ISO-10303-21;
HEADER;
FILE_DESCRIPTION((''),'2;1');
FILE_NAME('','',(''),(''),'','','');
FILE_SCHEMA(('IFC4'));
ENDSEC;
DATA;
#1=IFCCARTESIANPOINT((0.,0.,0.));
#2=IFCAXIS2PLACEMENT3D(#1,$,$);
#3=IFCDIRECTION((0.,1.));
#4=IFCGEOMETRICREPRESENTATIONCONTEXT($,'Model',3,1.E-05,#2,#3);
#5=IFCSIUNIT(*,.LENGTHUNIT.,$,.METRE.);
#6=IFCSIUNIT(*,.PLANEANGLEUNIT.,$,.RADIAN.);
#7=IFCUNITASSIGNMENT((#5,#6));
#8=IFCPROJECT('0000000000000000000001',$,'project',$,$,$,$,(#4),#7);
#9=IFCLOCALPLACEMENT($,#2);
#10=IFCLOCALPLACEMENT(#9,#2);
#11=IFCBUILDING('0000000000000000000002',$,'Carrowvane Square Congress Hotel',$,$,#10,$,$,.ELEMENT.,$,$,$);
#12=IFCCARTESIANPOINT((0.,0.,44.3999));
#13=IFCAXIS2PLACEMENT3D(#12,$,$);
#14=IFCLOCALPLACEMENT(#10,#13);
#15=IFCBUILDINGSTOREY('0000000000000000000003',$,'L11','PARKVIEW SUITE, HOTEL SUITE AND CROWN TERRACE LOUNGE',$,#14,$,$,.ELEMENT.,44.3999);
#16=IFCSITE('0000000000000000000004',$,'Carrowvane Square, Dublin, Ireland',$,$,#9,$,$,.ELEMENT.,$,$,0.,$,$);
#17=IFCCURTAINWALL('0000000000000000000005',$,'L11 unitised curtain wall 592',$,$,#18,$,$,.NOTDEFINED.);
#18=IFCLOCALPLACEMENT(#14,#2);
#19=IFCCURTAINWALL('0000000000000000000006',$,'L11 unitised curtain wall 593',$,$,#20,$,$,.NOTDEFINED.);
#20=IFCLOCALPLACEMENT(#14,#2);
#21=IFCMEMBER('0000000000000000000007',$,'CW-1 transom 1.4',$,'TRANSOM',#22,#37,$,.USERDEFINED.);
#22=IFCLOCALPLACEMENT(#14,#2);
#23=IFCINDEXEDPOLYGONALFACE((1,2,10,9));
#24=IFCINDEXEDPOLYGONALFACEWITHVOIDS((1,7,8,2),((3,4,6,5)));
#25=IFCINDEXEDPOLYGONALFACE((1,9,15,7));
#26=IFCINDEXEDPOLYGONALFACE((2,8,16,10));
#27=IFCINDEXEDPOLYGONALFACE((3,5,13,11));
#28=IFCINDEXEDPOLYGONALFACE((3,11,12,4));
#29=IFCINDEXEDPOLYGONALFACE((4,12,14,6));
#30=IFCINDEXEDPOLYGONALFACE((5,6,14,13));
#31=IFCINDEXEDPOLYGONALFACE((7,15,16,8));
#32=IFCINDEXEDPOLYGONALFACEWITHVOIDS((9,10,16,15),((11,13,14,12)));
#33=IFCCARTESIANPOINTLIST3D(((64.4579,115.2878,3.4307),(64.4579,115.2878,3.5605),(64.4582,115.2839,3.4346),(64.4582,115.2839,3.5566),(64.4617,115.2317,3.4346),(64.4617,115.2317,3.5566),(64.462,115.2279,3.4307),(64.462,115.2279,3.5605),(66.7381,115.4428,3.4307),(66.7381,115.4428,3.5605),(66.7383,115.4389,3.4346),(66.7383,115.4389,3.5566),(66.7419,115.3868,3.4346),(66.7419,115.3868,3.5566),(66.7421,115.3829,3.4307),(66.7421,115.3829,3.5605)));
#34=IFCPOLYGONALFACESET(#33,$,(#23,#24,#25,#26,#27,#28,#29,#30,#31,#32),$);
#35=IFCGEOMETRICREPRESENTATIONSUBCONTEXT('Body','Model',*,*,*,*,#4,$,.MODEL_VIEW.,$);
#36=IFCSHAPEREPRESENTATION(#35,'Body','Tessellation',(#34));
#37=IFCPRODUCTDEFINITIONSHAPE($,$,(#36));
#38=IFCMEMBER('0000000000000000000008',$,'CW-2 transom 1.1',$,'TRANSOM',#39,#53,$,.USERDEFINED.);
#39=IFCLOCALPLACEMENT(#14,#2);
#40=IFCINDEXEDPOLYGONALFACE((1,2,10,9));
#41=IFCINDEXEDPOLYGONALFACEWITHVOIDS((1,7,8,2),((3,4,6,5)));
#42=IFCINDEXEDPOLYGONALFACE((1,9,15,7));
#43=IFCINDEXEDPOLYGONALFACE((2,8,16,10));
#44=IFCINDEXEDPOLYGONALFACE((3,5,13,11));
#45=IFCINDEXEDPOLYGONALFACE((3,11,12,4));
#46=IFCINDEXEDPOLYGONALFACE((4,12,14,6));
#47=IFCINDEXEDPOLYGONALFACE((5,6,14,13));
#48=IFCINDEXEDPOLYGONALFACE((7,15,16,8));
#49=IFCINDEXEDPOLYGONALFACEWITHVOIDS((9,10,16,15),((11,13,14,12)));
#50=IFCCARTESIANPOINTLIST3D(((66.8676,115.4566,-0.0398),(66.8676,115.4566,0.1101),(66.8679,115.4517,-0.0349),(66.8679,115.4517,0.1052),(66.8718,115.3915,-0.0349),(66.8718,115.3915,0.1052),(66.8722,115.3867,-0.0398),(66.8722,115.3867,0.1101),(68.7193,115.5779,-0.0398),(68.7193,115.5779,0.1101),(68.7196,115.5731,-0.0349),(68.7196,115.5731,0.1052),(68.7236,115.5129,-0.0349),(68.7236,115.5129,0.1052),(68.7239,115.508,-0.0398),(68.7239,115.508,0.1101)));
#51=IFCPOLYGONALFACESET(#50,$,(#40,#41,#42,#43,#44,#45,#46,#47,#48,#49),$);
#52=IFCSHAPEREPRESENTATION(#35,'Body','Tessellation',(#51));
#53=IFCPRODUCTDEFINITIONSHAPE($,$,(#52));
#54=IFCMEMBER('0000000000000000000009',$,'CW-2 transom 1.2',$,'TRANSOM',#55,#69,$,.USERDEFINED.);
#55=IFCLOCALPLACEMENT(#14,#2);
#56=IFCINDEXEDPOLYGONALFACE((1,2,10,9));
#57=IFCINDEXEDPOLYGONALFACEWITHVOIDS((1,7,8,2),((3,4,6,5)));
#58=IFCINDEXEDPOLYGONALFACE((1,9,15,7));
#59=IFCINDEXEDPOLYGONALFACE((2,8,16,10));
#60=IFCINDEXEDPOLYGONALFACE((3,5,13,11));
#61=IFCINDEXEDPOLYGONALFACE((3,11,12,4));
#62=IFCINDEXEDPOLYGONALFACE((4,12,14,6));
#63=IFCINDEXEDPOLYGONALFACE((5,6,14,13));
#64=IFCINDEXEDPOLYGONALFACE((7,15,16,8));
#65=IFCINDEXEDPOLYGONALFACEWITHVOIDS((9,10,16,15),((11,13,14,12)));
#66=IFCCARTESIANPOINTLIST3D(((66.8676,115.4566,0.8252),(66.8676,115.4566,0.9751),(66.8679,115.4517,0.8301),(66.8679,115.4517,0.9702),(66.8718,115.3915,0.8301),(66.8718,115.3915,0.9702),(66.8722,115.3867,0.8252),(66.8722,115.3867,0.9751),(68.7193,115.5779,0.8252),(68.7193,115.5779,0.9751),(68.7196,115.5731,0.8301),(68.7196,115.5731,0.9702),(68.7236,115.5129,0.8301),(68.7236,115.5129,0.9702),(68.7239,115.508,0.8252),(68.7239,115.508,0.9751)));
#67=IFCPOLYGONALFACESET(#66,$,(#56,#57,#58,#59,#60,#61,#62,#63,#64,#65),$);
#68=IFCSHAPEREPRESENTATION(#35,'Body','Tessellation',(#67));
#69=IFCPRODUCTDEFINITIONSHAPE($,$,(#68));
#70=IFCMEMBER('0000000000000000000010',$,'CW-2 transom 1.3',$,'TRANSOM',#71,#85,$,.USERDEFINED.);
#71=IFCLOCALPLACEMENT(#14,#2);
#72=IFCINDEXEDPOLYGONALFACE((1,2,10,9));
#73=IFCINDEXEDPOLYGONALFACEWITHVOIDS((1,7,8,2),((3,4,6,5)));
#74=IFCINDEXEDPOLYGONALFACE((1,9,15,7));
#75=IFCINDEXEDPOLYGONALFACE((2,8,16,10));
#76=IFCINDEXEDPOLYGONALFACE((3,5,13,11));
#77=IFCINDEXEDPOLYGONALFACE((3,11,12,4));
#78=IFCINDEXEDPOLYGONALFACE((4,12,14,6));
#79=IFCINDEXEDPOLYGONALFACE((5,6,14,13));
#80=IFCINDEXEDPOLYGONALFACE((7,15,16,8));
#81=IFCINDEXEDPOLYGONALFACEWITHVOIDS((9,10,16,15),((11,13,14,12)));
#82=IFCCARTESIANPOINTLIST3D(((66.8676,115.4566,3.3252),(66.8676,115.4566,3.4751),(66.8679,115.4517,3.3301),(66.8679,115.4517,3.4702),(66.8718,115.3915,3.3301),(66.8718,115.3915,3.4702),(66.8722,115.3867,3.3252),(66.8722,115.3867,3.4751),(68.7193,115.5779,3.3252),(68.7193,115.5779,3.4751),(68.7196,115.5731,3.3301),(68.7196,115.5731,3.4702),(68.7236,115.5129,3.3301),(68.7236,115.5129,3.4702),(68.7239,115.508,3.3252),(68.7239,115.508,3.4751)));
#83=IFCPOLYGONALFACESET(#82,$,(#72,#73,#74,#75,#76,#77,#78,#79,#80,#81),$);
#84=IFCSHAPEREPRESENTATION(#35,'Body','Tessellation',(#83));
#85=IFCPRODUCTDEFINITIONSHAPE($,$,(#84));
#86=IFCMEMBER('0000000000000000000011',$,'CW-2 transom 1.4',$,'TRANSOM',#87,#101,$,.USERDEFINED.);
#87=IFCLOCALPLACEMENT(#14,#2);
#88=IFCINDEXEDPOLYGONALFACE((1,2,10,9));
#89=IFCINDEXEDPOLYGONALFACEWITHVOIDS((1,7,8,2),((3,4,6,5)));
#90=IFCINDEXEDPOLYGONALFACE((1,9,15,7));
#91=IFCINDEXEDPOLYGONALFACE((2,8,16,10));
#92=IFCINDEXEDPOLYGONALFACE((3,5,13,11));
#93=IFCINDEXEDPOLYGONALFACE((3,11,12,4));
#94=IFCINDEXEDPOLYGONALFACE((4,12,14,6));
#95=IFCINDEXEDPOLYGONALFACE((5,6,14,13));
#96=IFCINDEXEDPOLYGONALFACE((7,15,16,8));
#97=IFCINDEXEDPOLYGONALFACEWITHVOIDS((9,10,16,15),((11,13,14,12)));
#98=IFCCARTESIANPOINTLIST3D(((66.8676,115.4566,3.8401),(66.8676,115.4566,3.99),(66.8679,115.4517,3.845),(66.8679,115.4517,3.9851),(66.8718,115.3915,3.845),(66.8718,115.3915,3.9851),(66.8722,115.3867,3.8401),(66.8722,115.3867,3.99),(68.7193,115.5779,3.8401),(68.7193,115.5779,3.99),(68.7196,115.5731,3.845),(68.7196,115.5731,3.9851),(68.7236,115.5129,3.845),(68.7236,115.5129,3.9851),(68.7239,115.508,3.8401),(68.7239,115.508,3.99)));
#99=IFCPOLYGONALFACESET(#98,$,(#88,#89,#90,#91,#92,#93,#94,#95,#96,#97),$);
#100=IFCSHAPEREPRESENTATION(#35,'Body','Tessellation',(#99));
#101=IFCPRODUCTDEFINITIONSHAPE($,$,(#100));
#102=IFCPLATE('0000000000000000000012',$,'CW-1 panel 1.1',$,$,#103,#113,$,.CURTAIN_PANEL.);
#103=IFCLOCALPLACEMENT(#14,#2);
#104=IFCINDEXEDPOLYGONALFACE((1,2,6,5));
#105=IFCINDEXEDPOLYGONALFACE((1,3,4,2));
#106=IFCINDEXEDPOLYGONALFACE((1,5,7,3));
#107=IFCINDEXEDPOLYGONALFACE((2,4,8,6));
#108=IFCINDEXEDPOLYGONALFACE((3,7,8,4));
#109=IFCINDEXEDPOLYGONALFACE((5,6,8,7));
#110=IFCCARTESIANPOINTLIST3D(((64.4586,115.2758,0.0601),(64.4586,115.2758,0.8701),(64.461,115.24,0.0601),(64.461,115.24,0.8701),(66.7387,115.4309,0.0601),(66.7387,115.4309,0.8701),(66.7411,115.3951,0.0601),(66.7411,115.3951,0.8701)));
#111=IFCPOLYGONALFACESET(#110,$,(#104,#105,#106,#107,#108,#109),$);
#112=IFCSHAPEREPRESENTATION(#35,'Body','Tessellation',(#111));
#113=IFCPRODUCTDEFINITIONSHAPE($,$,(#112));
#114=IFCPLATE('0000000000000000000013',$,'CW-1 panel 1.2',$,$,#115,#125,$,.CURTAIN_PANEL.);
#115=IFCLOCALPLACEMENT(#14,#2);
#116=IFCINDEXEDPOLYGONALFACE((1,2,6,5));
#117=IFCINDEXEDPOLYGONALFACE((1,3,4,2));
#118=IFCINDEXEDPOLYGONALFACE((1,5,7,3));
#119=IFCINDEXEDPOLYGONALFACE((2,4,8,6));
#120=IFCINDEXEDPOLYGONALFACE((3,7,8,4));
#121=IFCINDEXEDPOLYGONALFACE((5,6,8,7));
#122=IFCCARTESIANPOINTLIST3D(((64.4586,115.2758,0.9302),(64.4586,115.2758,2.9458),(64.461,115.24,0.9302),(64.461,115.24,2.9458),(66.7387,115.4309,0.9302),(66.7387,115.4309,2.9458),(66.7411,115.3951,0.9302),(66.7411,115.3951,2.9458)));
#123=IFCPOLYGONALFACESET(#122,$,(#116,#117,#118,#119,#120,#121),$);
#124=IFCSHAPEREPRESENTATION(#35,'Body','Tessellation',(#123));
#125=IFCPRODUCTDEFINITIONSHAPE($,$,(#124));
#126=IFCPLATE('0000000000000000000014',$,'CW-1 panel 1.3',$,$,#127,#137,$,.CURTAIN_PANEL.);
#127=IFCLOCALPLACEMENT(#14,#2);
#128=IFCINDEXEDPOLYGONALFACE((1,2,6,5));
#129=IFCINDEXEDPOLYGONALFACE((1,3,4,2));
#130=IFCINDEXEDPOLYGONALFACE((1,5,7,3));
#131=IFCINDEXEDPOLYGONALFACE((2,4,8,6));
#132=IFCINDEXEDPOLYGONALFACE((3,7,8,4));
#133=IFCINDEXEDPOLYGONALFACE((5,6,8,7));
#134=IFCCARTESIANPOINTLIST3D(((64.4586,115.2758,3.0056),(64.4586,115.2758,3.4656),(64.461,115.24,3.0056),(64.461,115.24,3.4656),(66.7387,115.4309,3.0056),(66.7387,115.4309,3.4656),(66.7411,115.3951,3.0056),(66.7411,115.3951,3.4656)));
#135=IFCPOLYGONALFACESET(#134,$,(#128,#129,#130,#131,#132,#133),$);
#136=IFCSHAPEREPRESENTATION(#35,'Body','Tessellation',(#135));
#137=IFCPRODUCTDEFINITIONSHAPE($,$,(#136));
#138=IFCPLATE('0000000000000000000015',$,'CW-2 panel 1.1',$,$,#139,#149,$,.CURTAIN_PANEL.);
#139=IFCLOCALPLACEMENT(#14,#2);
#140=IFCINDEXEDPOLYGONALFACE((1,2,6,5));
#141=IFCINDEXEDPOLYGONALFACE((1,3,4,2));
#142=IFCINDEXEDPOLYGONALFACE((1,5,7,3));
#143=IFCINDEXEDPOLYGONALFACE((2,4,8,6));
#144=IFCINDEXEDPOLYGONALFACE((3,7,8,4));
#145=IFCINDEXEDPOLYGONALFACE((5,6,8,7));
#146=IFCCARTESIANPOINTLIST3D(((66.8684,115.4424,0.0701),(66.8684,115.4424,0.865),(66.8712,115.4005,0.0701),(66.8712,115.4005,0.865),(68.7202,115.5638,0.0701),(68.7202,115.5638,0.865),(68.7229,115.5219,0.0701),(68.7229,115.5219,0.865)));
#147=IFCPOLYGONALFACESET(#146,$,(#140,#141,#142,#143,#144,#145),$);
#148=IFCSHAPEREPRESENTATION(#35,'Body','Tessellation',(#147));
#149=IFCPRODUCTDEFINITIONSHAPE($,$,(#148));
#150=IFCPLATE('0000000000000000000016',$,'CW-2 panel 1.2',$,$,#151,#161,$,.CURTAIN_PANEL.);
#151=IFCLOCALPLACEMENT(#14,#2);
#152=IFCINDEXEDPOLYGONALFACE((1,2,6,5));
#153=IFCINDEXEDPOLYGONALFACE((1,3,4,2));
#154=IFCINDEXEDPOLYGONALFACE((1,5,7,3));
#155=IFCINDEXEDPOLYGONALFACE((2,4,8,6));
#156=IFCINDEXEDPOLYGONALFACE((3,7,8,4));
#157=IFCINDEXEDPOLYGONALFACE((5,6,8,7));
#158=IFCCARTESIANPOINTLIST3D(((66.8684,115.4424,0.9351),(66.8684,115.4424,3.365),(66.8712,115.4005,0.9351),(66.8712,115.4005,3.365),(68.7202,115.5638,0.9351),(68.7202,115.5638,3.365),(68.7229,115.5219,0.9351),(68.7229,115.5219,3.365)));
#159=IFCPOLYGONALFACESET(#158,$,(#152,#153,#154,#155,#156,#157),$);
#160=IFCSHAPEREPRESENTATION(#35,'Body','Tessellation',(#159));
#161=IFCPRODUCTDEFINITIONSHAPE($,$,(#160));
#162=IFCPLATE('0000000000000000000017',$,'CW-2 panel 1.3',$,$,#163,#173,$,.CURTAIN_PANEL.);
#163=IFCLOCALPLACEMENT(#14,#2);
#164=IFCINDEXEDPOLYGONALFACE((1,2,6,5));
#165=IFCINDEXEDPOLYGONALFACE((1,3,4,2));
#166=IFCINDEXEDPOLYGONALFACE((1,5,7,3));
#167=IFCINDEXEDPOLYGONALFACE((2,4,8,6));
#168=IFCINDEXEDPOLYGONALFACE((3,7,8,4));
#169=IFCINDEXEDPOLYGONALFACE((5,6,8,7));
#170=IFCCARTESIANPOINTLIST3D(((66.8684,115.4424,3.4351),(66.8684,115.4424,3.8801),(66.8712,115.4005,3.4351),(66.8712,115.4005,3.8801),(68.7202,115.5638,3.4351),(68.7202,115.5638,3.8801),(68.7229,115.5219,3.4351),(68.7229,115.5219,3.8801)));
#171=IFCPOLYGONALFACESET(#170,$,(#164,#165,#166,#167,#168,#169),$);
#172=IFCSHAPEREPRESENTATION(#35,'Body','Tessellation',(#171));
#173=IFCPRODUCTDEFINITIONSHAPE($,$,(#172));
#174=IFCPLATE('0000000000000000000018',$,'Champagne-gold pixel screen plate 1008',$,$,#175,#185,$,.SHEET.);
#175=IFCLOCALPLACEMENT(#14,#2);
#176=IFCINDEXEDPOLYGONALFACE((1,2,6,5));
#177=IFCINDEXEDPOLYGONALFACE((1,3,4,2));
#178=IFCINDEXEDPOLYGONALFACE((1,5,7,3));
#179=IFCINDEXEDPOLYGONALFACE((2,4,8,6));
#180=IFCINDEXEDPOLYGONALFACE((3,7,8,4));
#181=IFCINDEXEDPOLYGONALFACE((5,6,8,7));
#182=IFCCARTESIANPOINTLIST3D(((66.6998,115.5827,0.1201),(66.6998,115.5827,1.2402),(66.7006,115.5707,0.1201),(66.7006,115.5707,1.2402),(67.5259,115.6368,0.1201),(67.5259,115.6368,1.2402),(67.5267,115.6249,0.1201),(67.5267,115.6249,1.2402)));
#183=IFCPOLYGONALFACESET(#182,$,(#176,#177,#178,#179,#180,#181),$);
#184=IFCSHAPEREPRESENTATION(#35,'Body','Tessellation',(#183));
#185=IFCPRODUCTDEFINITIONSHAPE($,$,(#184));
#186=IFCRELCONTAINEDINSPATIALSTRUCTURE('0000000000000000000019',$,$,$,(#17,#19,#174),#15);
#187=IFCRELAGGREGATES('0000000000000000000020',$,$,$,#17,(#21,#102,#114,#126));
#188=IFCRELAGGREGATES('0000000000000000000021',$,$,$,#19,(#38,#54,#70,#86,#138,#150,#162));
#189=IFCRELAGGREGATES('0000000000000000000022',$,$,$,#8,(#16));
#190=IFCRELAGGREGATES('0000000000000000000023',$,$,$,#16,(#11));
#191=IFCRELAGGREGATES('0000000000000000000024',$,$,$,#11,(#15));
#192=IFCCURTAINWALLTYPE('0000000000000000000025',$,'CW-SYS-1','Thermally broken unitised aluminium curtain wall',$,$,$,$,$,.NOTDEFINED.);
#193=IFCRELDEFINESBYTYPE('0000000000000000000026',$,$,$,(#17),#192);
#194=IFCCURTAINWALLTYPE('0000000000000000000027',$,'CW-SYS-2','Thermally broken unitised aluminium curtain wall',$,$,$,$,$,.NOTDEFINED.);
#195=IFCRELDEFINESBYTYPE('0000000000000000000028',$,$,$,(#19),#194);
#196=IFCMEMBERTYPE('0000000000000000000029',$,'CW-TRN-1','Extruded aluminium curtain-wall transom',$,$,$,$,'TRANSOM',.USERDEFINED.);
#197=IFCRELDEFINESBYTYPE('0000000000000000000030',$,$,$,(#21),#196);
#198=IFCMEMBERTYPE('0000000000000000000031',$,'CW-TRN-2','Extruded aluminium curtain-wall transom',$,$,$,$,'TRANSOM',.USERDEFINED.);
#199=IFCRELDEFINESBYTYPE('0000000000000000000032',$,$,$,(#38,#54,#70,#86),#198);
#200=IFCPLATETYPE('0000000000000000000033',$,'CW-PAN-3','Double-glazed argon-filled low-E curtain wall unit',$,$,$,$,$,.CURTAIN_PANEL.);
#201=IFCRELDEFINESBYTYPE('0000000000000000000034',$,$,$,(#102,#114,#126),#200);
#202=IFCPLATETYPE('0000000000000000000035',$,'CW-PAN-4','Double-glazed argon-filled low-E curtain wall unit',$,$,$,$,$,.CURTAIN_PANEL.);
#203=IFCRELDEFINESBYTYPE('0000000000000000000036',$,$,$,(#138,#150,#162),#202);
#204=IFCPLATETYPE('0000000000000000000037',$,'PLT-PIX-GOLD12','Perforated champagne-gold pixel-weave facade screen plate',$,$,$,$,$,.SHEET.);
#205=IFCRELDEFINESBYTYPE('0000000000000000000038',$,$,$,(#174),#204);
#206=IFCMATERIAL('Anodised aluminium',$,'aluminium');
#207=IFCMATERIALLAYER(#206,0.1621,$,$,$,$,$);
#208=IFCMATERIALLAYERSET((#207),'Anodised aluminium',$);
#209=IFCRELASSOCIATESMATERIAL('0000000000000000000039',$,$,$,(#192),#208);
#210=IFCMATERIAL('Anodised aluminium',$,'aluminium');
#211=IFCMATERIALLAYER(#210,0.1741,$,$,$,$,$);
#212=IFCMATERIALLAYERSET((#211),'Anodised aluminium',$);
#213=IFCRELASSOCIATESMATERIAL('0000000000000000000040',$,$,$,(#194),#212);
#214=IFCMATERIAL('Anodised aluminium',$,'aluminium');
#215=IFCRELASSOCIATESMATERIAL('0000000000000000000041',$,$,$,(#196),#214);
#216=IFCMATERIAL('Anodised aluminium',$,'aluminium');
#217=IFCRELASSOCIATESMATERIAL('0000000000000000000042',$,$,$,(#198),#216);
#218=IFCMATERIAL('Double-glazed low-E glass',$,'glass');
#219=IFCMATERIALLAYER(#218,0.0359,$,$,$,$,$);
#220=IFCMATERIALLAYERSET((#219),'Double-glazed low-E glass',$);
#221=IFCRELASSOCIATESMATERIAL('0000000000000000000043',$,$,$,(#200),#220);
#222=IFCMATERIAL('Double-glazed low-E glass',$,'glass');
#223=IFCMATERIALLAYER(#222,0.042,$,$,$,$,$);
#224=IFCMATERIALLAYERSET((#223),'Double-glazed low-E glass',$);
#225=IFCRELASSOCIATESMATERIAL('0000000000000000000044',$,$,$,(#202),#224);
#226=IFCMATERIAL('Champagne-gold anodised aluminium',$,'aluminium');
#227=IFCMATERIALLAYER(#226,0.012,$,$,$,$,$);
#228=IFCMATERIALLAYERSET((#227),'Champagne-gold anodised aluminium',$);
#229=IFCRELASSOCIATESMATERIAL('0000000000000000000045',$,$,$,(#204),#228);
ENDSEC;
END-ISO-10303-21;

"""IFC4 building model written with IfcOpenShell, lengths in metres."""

from ifc_helpers import new_model, si_unit, direction, frame, origin, origin_2d, place, context, subcontext, project, spatial, rectangle, hollow_rectangle, extrude, material, layer, layer_set, material_profile, profile_set, type_object, element, aggregate, save


model = new_model("IFC4")

# Units and contexts
model_context = context("Model", 3, precision=1e-05, world=origin(), true_north=direction((0.0, 1.0)))
body_context = subcontext(model_context, "Body", "Model", "MODEL_VIEW")
ifc_project = project(units=[si_unit("LENGTHUNIT", "METRE"), si_unit("PLANEANGLEUNIT", "RADIAN")], contexts=[model_context])

# Site, building, storey
site_placement = place(None, origin())
site = spatial("IfcSite", under=ifc_project, at=site_placement, Name="Carrowvane Square, Dublin, Ireland", CompositionType="ELEMENT", RefElevation=0.0)
building_placement = place(site_placement, origin())
building = spatial("IfcBuilding", under=site, at=building_placement, Name="Carrowvane Square Congress Hotel", CompositionType="ELEMENT")
storey_placement = place(building_placement, frame((0.0, 0.0, 44.3999)))
storey = spatial("IfcBuildingStorey", under=building, at=storey_placement, Name="L11", Description="PARKVIEW SUITE, HOTEL SUITE AND CROWN TERRACE LOUNGE", CompositionType="ELEMENT", Elevation=44.3999)

# Curtain wall
ifc_material_1 = material(Name="Anodised aluminium", Category="aluminium")
ifc_layer_1 = layer(ifc_material_1, 0.1621)
ifc_layer_set_1 = layer_set([ifc_layer_1], Name="Anodised aluminium")
curtain_wall_type_1 = type_object("IfcCurtainWallType", Name="CW-SYS-1", Description="Thermally broken unitised aluminium curtain wall", PredefinedType="NOTDEFINED", material=ifc_layer_set_1)
curtain_wall_1_placement = place(storey_placement, origin())
curtain_wall_1 = element("IfcCurtainWall", 1, at=curtain_wall_1_placement, inside=storey, type_object=curtain_wall_type_1, Name="L11 unitised curtain wall 592", PredefinedType="NOTDEFINED")

# Curtain wall
ifc_material_2 = material(Name="Anodised aluminium", Category="aluminium")
ifc_layer_2 = layer(ifc_material_2, 0.1741)
ifc_layer_set_2 = layer_set([ifc_layer_2], Name="Anodised aluminium")
curtain_wall_type_2 = type_object("IfcCurtainWallType", Name="CW-SYS-2", Description="Thermally broken unitised aluminium curtain wall", PredefinedType="NOTDEFINED", material=ifc_layer_set_2)
curtain_wall_2_placement = place(storey_placement, origin())
curtain_wall_2 = element("IfcCurtainWall", 2, at=curtain_wall_2_placement, inside=storey, type_object=curtain_wall_type_2, Name="L11 unitised curtain wall 593", PredefinedType="NOTDEFINED")

# Members
ifc_material_3 = material(Name="Anodised aluminium", Category="aluminium")
ifc_material_profile_1 = material_profile(ifc_material_3, hollow_rectangle(XDim=0.0601, YDim=0.1299, WallThickness=0.0039, at=origin_2d()), Name="CW-TR 60x130x4")
ifc_profile_set_1 = profile_set([ifc_material_profile_1], Name="Anodised aluminium")
member_type_1 = type_object("IfcMemberType", Name="CW-TRN-1", Description="Extruded aluminium curtain-wall transom", ElementType="TRANSOM", PredefinedType="USERDEFINED", material=ifc_profile_set_1)
member_1_placement = place(storey_placement, frame((64.46, 115.2578, 3.4956), z_axis=(0.997696, 0.067838, 0.0), x_axis=(-0.067838, 0.997696, 0.0)))
member_1 = element("IfcMember", 3, at=member_1_placement, type_object=member_type_1, Name="CW-1 transom 1.4", ObjectType="TRANSOM", PredefinedType="USERDEFINED", context=body_context, shape_type="SweptSolid", body=[
    extrude(hollow_rectangle(XDim=0.0601, YDim=0.1299, WallThickness=0.0039, at=origin_2d()), origin(), (0.0, 0.0, 1.0), 2.2854),
])
ifc_material_4 = material(Name="Anodised aluminium", Category="aluminium")
ifc_material_profile_2 = material_profile(ifc_material_4, hollow_rectangle(XDim=0.0701, YDim=0.1499, WallThickness=0.0049, at=origin_2d()), Name="CW-TR 70x150x5")
ifc_profile_set_2 = profile_set([ifc_material_profile_2], Name="Anodised aluminium")
member_type_2 = type_object("IfcMemberType", Name="CW-TRN-2", Description="Extruded aluminium curtain-wall transom", ElementType="TRANSOM", PredefinedType="USERDEFINED", material=ifc_profile_set_2)
member_2_placement = place(storey_placement, frame((66.8699, 115.4216, 0.0352), z_axis=(0.99786, 0.065384, 0.0), x_axis=(-0.065384, 0.99786, 0.0)))
member_2 = element("IfcMember", 4, at=member_2_placement, type_object=member_type_2, Name="CW-2 transom 1.1", ObjectType="TRANSOM", PredefinedType="USERDEFINED", context=body_context, shape_type="SweptSolid", body=[
    extrude(hollow_rectangle(XDim=0.0701, YDim=0.1499, WallThickness=0.0049, at=origin_2d()), origin(), (0.0, 0.0, 1.0), 1.8557),
])
member_3_placement = place(storey_placement, frame((66.8699, 115.4216, 0.9001), z_axis=(0.99786, 0.065384, 0.0), x_axis=(-0.065384, 0.99786, 0.0)))
member_3 = element("IfcMember", 5, at=member_3_placement, type_object=member_type_2, Name="CW-2 transom 1.2", ObjectType="TRANSOM", PredefinedType="USERDEFINED", context=body_context, shape_type="SweptSolid", body=[
    extrude(hollow_rectangle(XDim=0.0701, YDim=0.1499, WallThickness=0.0049, at=origin_2d()), origin(), (0.0, 0.0, 1.0), 1.8557),
])
member_4_placement = place(storey_placement, frame((66.8699, 115.4216, 3.4001), z_axis=(0.99786, 0.065384, 0.0), x_axis=(-0.065384, 0.99786, 0.0)))
member_4 = element("IfcMember", 6, at=member_4_placement, type_object=member_type_2, Name="CW-2 transom 1.3", ObjectType="TRANSOM", PredefinedType="USERDEFINED", context=body_context, shape_type="SweptSolid", body=[
    extrude(hollow_rectangle(XDim=0.0701, YDim=0.1499, WallThickness=0.0049, at=origin_2d()), origin(), (0.0, 0.0, 1.0), 1.8557),
])
member_5_placement = place(storey_placement, frame((66.8699, 115.4216, 3.915), z_axis=(0.99786, 0.065384, 0.0), x_axis=(-0.065384, 0.99786, 0.0)))
member_5 = element("IfcMember", 7, at=member_5_placement, type_object=member_type_2, Name="CW-2 transom 1.4", ObjectType="TRANSOM", PredefinedType="USERDEFINED", context=body_context, shape_type="SweptSolid", body=[
    extrude(hollow_rectangle(XDim=0.0701, YDim=0.1499, WallThickness=0.0049, at=origin_2d()), origin(), (0.0, 0.0, 1.0), 1.8557),
])

# Plates
ifc_material_5 = material(Name="Double-glazed low-E glass", Category="glass")
ifc_layer_3 = layer(ifc_material_5, 0.0359)
ifc_layer_set_3 = layer_set([ifc_layer_3], Name="Double-glazed low-E glass")
plate_type_1 = type_object("IfcPlateType", Name="CW-PAN-3", Description="Double-glazed argon-filled low-E curtain wall unit", PredefinedType="CURTAIN_PANEL", material=ifc_layer_set_3)
plate_1_placement = place(storey_placement, frame((65.5999, 115.3354, 0.0601), z_axis=(0.0, 0.0, 1.0), x_axis=(0.997694, 0.067865, 0.0)))
plate_1 = element("IfcPlate", 8, at=plate_1_placement, type_object=plate_type_1, Name="CW-1 panel 1.1", PredefinedType="CURTAIN_PANEL", context=body_context, shape_type="SweptSolid", body=[
    extrude(rectangle(XDim=2.2854, YDim=0.0359, at=origin_2d()), origin(), (0.0, 0.0, 1.0), 0.8101),
])
plate_2_placement = place(storey_placement, frame((65.5999, 115.3354, 0.9302), z_axis=(0.0, 0.0, 1.0), x_axis=(0.997694, 0.067865, 0.0)))
plate_2 = element("IfcPlate", 9, at=plate_2_placement, type_object=plate_type_1, Name="CW-1 panel 1.2", PredefinedType="CURTAIN_PANEL", context=body_context, shape_type="SweptSolid", body=[
    extrude(rectangle(XDim=2.2854, YDim=0.0359, at=origin_2d()), origin(), (0.0, 0.0, 1.0), 2.0156),
])
plate_3_placement = place(storey_placement, frame((65.5999, 115.3354, 3.0056), z_axis=(0.0, 0.0, 1.0), x_axis=(0.997694, 0.067865, 0.0)))
plate_3 = element("IfcPlate", 10, at=plate_3_placement, type_object=plate_type_1, Name="CW-1 panel 1.3", PredefinedType="CURTAIN_PANEL", context=body_context, shape_type="SweptSolid", body=[
    extrude(rectangle(XDim=2.2854, YDim=0.0359, at=origin_2d()), origin(), (0.0, 0.0, 1.0), 0.46),
])
aggregate(curtain_wall_1, [member_1, plate_1, plate_2, plate_3])
ifc_material_6 = material(Name="Double-glazed low-E glass", Category="glass")
ifc_layer_4 = layer(ifc_material_6, 0.042)
ifc_layer_set_4 = layer_set([ifc_layer_4], Name="Double-glazed low-E glass")
plate_type_2 = type_object("IfcPlateType", Name="CW-PAN-4", Description="Double-glazed argon-filled low-E curtain wall unit", PredefinedType="CURTAIN_PANEL", material=ifc_layer_set_4)
plate_4_placement = place(storey_placement, frame((67.7957, 115.4822, 0.0701), z_axis=(0.0, 0.0, 1.0), x_axis=(0.997858, 0.065412, 0.0)))
plate_4 = element("IfcPlate", 11, at=plate_4_placement, type_object=plate_type_2, Name="CW-2 panel 1.1", PredefinedType="CURTAIN_PANEL", context=body_context, shape_type="SweptSolid", body=[
    extrude(rectangle(XDim=1.8557, YDim=0.042, at=origin_2d()), origin(), (0.0, 0.0, 1.0), 0.7949),
])
plate_5_placement = place(storey_placement, frame((67.7957, 115.4822, 0.9351), z_axis=(0.0, 0.0, 1.0), x_axis=(0.997858, 0.065412, 0.0)))
plate_5 = element("IfcPlate", 12, at=plate_5_placement, type_object=plate_type_2, Name="CW-2 panel 1.2", PredefinedType="CURTAIN_PANEL", context=body_context, shape_type="SweptSolid", body=[
    extrude(rectangle(XDim=1.8557, YDim=0.042, at=origin_2d()), origin(), (0.0, 0.0, 1.0), 2.4299),
])
plate_6_placement = place(storey_placement, frame((67.7957, 115.4822, 3.4351), z_axis=(0.0, 0.0, 1.0), x_axis=(0.997858, 0.065412, 0.0)))
plate_6 = element("IfcPlate", 13, at=plate_6_placement, type_object=plate_type_2, Name="CW-2 panel 1.3", PredefinedType="CURTAIN_PANEL", context=body_context, shape_type="SweptSolid", body=[
    extrude(rectangle(XDim=1.8557, YDim=0.042, at=origin_2d()), origin(), (0.0, 0.0, 1.0), 0.4451),
])
aggregate(curtain_wall_2, [member_2, member_3, member_4, member_5, plate_4, plate_5, plate_6])

# Plate
ifc_material_7 = material(Name="Champagne-gold anodised aluminium", Category="aluminium")
ifc_layer_5 = layer(ifc_material_7, 0.012)
ifc_layer_set_5 = layer_set([ifc_layer_5], Name="Champagne-gold anodised aluminium")
plate_type_3 = type_object("IfcPlateType", Name="PLT-PIX-GOLD12", Description="Perforated champagne-gold pixel-weave facade screen plate", PredefinedType="SHEET", material=ifc_layer_set_5)
plate_7_placement = place(storey_placement, frame((67.1133, 115.6038, 0.1201), z_axis=(0.0, 0.0, 1.0), x_axis=(0.997858, 0.065413, 0.0)))
element("IfcPlate", 14, at=plate_7_placement, inside=storey, type_object=plate_type_3, Name="Champagne-gold pixel screen plate 1008", PredefinedType="SHEET", context=body_context, shape_type="SweptSolid", body=[
    extrude(rectangle(XDim=0.8279, YDim=0.012, at=origin_2d()), origin(), (0.0, 0.0, 1.0), 1.1201),
])

save(model, "model.ifc")
